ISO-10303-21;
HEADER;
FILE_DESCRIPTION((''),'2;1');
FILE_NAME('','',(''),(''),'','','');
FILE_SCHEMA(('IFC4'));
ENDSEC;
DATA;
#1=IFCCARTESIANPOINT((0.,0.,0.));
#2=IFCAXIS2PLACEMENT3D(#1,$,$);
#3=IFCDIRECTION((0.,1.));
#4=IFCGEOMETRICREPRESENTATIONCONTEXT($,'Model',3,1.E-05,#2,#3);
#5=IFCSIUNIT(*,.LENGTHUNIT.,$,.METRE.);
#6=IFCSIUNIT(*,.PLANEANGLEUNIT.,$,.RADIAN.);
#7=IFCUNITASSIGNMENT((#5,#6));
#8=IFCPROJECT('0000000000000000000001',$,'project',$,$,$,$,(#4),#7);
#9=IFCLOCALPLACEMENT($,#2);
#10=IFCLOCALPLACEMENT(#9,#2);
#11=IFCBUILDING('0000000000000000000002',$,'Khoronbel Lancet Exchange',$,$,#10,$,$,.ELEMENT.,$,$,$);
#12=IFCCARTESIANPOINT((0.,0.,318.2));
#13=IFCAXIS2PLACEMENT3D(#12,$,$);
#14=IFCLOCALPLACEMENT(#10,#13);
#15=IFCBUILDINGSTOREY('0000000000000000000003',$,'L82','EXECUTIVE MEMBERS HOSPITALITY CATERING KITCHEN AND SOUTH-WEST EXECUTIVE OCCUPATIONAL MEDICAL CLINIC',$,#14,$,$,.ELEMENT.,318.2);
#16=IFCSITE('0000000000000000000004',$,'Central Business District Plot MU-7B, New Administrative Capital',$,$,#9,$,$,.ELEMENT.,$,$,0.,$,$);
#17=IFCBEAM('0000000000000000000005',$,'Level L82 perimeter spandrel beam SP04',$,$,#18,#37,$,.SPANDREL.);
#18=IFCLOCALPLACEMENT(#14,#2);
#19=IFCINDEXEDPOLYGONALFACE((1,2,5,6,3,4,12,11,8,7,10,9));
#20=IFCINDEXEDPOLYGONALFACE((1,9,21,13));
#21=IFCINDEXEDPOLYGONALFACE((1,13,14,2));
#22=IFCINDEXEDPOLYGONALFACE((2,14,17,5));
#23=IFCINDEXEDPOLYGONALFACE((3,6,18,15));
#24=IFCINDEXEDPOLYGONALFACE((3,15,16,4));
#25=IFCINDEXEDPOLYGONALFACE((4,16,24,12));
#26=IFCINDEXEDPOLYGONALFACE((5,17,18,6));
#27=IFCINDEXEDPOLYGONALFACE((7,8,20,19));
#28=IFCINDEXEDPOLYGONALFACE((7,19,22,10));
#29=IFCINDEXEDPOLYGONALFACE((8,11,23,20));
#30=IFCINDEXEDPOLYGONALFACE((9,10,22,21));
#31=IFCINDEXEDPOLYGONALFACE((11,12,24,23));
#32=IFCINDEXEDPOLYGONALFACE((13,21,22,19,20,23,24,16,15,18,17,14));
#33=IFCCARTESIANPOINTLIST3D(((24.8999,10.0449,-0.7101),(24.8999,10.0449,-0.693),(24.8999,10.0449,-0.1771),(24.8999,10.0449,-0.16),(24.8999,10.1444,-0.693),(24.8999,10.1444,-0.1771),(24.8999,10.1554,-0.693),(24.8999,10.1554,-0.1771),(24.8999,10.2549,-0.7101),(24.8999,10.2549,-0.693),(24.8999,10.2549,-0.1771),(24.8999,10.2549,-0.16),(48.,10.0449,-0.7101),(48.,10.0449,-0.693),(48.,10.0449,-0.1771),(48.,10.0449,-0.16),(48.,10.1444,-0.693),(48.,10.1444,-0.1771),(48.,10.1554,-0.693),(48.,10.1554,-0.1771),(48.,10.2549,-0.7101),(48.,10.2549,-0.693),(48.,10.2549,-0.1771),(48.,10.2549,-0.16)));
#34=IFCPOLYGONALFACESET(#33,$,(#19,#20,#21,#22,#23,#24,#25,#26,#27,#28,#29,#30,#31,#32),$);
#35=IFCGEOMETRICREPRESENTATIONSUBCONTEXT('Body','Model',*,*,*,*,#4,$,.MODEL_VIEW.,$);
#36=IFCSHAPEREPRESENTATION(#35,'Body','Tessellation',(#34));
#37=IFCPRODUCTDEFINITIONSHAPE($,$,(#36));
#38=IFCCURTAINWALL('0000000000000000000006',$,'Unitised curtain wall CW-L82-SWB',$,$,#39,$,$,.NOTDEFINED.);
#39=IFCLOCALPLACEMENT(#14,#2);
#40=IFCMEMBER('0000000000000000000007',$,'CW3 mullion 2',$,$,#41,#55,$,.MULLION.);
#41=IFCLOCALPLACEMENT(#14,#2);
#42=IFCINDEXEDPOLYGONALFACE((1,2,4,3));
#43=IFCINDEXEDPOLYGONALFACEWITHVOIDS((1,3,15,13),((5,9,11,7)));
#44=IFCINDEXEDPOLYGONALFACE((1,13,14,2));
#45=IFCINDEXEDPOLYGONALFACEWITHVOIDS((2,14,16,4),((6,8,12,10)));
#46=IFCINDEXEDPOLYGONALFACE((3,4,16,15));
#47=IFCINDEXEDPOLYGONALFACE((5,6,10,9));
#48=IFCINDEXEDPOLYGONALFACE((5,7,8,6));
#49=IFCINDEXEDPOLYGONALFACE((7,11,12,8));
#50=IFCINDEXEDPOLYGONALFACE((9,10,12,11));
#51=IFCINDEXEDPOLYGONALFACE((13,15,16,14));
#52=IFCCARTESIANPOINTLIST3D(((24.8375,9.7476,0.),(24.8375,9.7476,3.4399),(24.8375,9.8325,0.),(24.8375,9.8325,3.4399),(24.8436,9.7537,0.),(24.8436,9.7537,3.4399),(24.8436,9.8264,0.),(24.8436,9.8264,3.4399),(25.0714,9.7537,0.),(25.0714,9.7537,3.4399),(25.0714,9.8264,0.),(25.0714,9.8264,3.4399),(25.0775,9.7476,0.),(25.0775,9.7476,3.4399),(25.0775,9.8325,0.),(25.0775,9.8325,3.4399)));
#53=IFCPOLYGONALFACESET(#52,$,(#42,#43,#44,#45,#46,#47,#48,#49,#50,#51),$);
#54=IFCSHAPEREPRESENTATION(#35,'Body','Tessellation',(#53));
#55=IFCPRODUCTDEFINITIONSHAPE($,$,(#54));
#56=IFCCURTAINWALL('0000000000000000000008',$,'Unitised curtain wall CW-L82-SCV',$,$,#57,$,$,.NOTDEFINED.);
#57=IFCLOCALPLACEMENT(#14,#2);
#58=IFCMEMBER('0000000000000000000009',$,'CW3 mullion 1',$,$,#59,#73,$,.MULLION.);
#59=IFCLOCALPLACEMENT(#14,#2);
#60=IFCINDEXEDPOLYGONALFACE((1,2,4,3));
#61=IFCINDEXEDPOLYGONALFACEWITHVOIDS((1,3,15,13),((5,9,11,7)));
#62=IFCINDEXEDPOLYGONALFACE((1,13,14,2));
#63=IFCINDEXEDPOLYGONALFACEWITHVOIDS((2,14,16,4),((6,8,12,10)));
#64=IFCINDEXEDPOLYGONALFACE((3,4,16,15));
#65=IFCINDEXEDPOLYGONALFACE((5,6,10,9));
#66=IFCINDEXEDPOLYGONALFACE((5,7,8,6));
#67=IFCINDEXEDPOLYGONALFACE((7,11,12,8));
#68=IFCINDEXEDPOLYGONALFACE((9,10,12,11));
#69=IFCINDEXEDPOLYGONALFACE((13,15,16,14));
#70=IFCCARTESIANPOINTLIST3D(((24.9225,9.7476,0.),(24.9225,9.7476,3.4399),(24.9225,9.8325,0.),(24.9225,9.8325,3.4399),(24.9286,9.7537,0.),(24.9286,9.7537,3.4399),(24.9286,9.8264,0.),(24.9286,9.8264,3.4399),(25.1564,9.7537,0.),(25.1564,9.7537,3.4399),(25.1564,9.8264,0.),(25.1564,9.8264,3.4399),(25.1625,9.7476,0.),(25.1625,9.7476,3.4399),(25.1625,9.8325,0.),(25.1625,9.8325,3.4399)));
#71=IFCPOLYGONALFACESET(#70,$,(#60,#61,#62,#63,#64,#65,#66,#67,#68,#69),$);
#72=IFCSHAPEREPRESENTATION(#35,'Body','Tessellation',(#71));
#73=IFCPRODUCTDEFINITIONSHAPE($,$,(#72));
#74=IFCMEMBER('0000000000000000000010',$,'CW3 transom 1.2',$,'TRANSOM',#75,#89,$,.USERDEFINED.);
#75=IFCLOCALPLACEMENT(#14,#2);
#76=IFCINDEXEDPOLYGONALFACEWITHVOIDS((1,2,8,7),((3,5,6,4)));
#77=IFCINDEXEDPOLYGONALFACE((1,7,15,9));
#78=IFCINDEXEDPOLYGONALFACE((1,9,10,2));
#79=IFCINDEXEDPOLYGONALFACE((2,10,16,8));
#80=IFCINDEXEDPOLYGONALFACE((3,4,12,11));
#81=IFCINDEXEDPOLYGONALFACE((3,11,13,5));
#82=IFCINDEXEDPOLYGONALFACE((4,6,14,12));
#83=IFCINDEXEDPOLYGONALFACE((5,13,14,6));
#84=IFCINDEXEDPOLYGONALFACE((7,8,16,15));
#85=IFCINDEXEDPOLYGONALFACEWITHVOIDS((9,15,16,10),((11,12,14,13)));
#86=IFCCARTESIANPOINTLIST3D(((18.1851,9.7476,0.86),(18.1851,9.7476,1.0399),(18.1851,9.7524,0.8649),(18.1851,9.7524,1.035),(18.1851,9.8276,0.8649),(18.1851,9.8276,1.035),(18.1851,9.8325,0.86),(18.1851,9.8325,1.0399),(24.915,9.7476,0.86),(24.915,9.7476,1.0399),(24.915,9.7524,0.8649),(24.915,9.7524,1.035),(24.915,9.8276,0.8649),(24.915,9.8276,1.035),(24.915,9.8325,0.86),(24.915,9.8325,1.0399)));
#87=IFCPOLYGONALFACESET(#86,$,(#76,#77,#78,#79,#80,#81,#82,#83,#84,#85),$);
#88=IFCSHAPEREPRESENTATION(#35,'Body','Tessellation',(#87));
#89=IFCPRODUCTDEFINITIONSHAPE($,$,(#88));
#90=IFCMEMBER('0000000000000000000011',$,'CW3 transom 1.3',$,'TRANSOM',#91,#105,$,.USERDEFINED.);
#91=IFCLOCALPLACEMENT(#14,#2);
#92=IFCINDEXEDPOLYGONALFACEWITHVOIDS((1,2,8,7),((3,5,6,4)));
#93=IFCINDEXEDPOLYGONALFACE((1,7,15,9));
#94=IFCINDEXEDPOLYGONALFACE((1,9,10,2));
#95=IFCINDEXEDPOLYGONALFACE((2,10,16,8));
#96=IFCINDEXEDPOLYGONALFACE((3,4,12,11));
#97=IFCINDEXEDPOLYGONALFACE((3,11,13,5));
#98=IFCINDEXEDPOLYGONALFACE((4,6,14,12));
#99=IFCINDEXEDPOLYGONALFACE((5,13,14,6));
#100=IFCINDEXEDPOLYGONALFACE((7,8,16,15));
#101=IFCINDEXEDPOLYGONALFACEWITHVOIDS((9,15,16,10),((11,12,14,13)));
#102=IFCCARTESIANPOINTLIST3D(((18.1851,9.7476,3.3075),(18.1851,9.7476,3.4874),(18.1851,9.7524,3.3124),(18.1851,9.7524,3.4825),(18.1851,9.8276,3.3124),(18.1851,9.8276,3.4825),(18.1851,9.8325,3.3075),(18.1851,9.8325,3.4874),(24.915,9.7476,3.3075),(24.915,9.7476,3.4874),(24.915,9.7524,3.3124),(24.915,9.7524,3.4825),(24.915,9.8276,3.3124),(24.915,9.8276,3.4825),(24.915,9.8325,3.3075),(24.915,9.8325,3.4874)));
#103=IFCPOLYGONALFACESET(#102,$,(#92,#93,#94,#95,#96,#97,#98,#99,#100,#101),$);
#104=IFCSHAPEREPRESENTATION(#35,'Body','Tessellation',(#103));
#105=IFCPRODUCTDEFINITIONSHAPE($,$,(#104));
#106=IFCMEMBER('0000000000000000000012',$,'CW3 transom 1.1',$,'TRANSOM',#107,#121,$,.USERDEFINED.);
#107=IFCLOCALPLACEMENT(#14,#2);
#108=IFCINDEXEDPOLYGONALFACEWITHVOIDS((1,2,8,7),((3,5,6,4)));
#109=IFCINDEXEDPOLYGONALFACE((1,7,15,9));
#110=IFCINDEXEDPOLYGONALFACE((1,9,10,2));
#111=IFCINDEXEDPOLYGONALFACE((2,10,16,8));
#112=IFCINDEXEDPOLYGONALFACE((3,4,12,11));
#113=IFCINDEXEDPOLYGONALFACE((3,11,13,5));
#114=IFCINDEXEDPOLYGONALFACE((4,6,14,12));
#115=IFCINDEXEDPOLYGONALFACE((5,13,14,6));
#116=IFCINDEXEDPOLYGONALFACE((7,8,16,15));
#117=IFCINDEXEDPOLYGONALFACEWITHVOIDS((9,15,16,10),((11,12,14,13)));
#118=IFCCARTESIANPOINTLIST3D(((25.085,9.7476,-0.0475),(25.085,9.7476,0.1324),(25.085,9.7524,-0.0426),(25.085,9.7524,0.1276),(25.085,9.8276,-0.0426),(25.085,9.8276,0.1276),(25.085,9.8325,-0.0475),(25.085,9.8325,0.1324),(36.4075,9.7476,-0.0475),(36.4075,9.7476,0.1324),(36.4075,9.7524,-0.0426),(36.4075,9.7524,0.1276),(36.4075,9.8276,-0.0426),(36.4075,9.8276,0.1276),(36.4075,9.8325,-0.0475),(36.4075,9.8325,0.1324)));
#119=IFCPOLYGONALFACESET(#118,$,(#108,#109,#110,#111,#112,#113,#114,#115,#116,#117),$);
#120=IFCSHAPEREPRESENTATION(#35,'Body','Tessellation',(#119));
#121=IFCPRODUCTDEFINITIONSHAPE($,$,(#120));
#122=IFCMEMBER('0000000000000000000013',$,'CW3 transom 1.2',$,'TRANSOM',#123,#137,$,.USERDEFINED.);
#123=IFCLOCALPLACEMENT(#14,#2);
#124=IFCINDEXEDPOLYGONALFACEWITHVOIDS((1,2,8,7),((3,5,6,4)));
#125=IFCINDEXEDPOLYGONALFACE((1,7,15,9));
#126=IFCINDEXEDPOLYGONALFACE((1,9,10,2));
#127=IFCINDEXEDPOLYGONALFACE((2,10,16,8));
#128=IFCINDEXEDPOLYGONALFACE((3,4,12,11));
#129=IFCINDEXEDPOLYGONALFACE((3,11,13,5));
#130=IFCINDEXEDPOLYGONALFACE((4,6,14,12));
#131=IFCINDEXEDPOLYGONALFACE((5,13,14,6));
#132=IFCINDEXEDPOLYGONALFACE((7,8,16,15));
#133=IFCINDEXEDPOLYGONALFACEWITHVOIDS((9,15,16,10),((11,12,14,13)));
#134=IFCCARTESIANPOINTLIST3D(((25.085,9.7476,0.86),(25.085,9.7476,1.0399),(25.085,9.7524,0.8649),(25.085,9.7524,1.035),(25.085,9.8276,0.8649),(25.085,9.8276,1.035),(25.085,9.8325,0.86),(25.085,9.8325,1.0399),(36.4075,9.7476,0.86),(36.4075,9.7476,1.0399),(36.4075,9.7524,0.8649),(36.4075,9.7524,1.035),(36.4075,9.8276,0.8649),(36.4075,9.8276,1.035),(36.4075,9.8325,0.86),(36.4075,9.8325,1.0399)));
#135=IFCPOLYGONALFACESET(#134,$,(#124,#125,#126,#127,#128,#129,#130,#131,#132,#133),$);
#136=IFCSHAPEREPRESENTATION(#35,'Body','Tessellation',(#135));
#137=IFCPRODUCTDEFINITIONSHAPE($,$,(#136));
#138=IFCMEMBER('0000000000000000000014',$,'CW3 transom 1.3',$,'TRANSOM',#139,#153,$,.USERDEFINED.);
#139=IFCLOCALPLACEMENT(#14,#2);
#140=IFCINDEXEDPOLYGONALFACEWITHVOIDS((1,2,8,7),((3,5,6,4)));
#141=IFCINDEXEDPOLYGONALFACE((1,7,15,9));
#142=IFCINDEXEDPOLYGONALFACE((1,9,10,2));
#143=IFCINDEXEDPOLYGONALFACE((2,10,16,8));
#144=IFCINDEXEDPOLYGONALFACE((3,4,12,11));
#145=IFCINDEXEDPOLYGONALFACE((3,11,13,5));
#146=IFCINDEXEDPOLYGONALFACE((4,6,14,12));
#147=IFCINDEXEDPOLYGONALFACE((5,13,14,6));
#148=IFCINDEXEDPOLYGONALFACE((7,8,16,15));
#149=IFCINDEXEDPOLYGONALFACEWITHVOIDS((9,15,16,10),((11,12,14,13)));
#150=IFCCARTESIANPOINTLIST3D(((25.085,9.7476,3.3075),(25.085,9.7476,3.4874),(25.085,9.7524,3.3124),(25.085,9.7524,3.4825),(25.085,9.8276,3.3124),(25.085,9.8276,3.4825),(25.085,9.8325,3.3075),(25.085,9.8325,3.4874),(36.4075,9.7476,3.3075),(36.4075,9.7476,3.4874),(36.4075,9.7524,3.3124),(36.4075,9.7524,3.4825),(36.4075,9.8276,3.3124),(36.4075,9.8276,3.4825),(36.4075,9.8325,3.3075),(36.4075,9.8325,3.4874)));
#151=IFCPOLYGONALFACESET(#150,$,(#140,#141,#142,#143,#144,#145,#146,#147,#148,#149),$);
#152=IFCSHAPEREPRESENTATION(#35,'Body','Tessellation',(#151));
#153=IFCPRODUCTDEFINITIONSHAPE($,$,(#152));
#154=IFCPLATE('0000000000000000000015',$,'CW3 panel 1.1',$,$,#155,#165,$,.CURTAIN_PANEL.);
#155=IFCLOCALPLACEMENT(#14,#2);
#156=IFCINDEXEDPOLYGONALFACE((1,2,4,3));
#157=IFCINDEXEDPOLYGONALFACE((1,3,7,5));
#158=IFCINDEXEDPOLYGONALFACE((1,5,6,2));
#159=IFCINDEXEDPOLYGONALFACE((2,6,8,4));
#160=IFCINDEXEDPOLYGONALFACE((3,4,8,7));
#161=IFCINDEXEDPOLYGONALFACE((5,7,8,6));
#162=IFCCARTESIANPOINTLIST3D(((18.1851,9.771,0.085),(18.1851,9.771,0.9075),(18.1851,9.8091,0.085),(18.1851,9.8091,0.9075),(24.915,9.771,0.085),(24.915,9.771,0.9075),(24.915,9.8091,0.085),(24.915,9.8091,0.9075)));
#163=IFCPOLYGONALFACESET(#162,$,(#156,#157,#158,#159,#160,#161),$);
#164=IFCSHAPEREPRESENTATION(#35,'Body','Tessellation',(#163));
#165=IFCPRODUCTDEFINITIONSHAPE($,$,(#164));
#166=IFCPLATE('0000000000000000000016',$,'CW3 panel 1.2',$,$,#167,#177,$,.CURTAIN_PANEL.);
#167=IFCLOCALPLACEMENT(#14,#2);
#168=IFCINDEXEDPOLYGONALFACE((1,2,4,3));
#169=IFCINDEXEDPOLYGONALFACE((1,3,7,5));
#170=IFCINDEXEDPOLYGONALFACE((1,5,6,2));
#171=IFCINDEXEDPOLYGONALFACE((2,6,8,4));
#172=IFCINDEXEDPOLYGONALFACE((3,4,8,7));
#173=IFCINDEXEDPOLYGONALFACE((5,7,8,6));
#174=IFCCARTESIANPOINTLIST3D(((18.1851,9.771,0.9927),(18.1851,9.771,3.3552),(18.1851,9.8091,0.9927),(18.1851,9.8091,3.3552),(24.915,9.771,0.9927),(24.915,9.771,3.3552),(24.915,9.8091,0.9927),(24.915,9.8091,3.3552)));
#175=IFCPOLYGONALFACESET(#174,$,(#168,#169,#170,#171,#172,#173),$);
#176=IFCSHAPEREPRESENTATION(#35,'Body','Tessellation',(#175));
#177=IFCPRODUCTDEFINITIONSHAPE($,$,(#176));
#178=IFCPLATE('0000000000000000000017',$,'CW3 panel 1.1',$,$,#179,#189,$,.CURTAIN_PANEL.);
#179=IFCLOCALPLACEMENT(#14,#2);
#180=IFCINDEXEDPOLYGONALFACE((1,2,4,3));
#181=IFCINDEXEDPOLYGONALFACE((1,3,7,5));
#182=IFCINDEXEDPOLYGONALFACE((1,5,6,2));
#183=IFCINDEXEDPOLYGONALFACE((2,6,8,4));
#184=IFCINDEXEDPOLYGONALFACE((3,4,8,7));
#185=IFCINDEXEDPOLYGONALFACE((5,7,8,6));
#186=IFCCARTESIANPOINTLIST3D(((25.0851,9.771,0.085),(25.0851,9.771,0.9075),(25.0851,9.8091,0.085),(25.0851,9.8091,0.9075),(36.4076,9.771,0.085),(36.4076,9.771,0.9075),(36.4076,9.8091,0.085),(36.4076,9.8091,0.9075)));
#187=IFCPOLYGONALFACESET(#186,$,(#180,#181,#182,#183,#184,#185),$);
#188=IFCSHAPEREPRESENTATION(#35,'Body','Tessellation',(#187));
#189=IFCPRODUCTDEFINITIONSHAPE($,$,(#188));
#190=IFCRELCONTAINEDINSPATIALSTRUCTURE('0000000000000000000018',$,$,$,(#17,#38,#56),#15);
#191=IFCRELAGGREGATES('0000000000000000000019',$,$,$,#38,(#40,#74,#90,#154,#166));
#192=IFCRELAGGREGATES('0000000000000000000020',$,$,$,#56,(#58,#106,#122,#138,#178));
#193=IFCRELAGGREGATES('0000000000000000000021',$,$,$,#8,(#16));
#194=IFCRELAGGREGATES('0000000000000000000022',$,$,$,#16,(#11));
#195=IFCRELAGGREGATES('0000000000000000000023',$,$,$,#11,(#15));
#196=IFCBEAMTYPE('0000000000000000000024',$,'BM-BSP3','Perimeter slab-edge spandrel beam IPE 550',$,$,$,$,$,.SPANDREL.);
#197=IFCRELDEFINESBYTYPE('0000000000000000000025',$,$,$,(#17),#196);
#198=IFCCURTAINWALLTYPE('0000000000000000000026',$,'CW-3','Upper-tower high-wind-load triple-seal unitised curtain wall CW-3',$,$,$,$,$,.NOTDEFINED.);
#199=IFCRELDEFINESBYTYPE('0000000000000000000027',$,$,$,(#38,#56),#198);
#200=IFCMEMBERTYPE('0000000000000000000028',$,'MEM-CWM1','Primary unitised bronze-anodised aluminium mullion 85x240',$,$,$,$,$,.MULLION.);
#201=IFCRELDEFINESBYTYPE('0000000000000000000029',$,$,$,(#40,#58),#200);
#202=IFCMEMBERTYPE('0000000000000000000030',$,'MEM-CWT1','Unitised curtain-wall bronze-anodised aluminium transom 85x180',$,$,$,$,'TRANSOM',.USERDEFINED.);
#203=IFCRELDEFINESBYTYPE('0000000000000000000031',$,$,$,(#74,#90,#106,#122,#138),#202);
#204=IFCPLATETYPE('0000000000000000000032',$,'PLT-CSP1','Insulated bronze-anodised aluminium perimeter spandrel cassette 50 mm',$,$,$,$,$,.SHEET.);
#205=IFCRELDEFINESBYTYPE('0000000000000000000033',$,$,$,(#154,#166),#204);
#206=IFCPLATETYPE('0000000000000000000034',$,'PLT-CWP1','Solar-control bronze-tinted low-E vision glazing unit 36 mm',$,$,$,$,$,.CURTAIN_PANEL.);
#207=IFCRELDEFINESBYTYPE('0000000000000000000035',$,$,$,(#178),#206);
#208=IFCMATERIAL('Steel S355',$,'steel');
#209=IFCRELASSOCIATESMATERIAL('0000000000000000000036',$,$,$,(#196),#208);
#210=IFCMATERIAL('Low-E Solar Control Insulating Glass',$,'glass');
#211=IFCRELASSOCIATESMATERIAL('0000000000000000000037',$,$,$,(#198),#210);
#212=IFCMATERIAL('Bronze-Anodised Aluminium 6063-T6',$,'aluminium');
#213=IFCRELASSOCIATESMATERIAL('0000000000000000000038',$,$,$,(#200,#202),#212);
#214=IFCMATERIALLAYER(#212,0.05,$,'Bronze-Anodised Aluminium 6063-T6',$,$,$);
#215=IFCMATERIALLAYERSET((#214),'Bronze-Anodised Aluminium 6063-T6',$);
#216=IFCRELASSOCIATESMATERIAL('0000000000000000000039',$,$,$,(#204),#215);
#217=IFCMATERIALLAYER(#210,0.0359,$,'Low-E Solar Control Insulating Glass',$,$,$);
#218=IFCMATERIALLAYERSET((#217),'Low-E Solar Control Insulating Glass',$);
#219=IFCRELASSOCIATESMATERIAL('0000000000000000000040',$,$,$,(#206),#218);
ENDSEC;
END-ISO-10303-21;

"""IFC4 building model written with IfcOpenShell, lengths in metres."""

from ifc_helpers import new_model, si_unit, direction, frame, origin, origin_2d, place, context, subcontext, project, spatial, rectangle, hollow_rectangle, i_section, extrude, material, layer, layer_set, material_profile, profile_set, type_object, element, aggregate, save


model = new_model("IFC4")

# Units and contexts
model_context = context("Model", 3, precision=1e-05, world=origin(), true_north=direction((0.0, 1.0)))
body_context = subcontext(model_context, "Body", "Model", "MODEL_VIEW")
ifc_project = project(units=[si_unit("LENGTHUNIT", "METRE"), si_unit("PLANEANGLEUNIT", "RADIAN")], contexts=[model_context])

# Site, building, storey
site_placement = place(None, origin())
site = spatial("IfcSite", under=ifc_project, at=site_placement, Name="Central Business District Plot MU-7B, New Administrative Capital", CompositionType="ELEMENT", RefElevation=0.0)
building_placement = place(site_placement, origin())
building = spatial("IfcBuilding", under=site, at=building_placement, Name="Khoronbel Lancet Exchange", CompositionType="ELEMENT")
storey_placement = place(building_placement, frame((0.0, 0.0, 318.2)))
storey = spatial("IfcBuildingStorey", under=building, at=storey_placement, Name="L82", Description="EXECUTIVE MEMBERS HOSPITALITY CATERING KITCHEN AND SOUTH-WEST EXECUTIVE OCCUPATIONAL MEDICAL CLINIC", CompositionType="ELEMENT", Elevation=318.2)

# Beam
ifc_material_1 = material(Name="Steel S355", Category="steel")
ifc_material_profile_1 = material_profile(ifc_material_1, i_section(OverallWidth=0.21, OverallDepth=0.55, WebThickness=0.011, FlangeThickness=0.0171, at=origin_2d()), Name="IPE 550")
ifc_profile_set_1 = profile_set([ifc_material_profile_1], Name="Steel S355")
beam_type_1 = type_object("IfcBeamType", Name="BM-BSP3", Description="Perimeter slab-edge spandrel beam IPE 550", PredefinedType="SPANDREL", material=ifc_profile_set_1)
beam_1_placement = place(storey_placement, frame((24.8999, 10.1499, -0.4351), z_axis=(1.0, 0.0, 0.0), x_axis=(0.0, 1.0, 0.0)))
element("IfcBeam", 1, at=beam_1_placement, inside=storey, type_object=beam_type_1, Name="Level L82 perimeter spandrel beam SP04", PredefinedType="SPANDREL", context=body_context, shape_type="SweptSolid", body=[
    extrude(i_section(OverallWidth=0.21, OverallDepth=0.55, WebThickness=0.011, FlangeThickness=0.0171, at=origin_2d()), origin(), (0.0, 0.0, 1.0), 23.1001),
])

# Curtain walls, members
ifc_material_2 = material(Name="Low-E Solar Control Insulating Glass", Category="glass")
curtain_wall_type = type_object("IfcCurtainWallType", Name="CW-3", Description="Upper-tower high-wind-load triple-seal unitised curtain wall CW-3", PredefinedType="NOTDEFINED", material=ifc_material_2)
curtain_wall_1_placement = place(storey_placement, origin())
curtain_wall_1 = element("IfcCurtainWall", 2, at=curtain_wall_1_placement, inside=storey, type_object=curtain_wall_type, Name="Unitised curtain wall CW-L82-SWB", PredefinedType="NOTDEFINED")
ifc_material_3 = material(Name="Bronze-Anodised Aluminium 6063-T6", Category="aluminium")
ifc_material_profile_2 = material_profile(ifc_material_3, hollow_rectangle(XDim=0.085, YDim=0.24, WallThickness=0.0061, at=origin_2d()), Name="ALU MULLION 85x240")
ifc_profile_set_2 = profile_set([ifc_material_profile_2], Name="Bronze-Anodised Aluminium 6063-T6")
member_type_1 = type_object("IfcMemberType", Name="MEM-CWM1", Description="Primary unitised bronze-anodised aluminium mullion 85x240", PredefinedType="MULLION", material=ifc_profile_set_2)
member_1_placement = place(storey_placement, frame((24.9575, 9.79, 0.0), z_axis=(0.0, 0.0, 1.0), x_axis=(0.0, 1.0, 0.0)))
member_1 = element("IfcMember", 3, at=member_1_placement, type_object=member_type_1, Name="CW3 mullion 2", PredefinedType="MULLION", context=body_context, shape_type="SweptSolid", body=[
    extrude(hollow_rectangle(XDim=0.085, YDim=0.24, WallThickness=0.0061, at=origin_2d()), origin(), (0.0, 0.0, 1.0), 3.4399),
])
curtain_wall_2_placement = place(storey_placement, origin())
curtain_wall_2 = element("IfcCurtainWall", 4, at=curtain_wall_2_placement, inside=storey, type_object=curtain_wall_type, Name="Unitised curtain wall CW-L82-SCV", PredefinedType="NOTDEFINED")
member_2_placement = place(storey_placement, frame((25.0425, 9.79, 0.0), z_axis=(0.0, 0.0, 1.0), x_axis=(0.0, 1.0, 0.0)))
member_2 = element("IfcMember", 5, at=member_2_placement, type_object=member_type_1, Name="CW3 mullion 1", PredefinedType="MULLION", context=body_context, shape_type="SweptSolid", body=[
    extrude(hollow_rectangle(XDim=0.085, YDim=0.24, WallThickness=0.0061, at=origin_2d()), origin(), (0.0, 0.0, 1.0), 3.4399),
])

# Members
ifc_material_profile_3 = material_profile(ifc_material_3, hollow_rectangle(XDim=0.085, YDim=0.1799, WallThickness=0.0049, at=origin_2d()), Name="ALU TRANSOM 85x180")
ifc_profile_set_3 = profile_set([ifc_material_profile_3], Name="Bronze-Anodised Aluminium 6063-T6")
member_type_2 = type_object("IfcMemberType", Name="MEM-CWT1", Description="Unitised curtain-wall bronze-anodised aluminium transom 85x180", ElementType="TRANSOM", PredefinedType="USERDEFINED", material=ifc_profile_set_3)
member_3_placement = place(storey_placement, frame((18.1851, 9.79, 0.95), z_axis=(1.0, 0.0, 0.0), x_axis=(0.0, 1.0, 0.0)))
member_3 = element("IfcMember", 6, at=member_3_placement, type_object=member_type_2, Name="CW3 transom 1.2", ObjectType="TRANSOM", PredefinedType="USERDEFINED", context=body_context, shape_type="SweptSolid", body=[
    extrude(hollow_rectangle(XDim=0.085, YDim=0.1799, WallThickness=0.0049, at=origin_2d()), origin(), (0.0, 0.0, 1.0), 6.73),
])
member_4_placement = place(storey_placement, frame((18.1851, 9.79, 3.3975), z_axis=(1.0, 0.0, 0.0), x_axis=(0.0, 1.0, 0.0)))
member_4 = element("IfcMember", 7, at=member_4_placement, type_object=member_type_2, Name="CW3 transom 1.3", ObjectType="TRANSOM", PredefinedType="USERDEFINED", context=body_context, shape_type="SweptSolid", body=[
    extrude(hollow_rectangle(XDim=0.085, YDim=0.1799, WallThickness=0.0049, at=origin_2d()), origin(), (0.0, 0.0, 1.0), 6.73),
])
member_5_placement = place(storey_placement, frame((25.085, 9.79, 0.0425), z_axis=(1.0, 0.0, 0.0), x_axis=(0.0, 1.0, 0.0)))
member_5 = element("IfcMember", 8, at=member_5_placement, type_object=member_type_2, Name="CW3 transom 1.1", ObjectType="TRANSOM", PredefinedType="USERDEFINED", context=body_context, shape_type="SweptSolid", body=[
    extrude(hollow_rectangle(XDim=0.085, YDim=0.1799, WallThickness=0.0049, at=origin_2d()), origin(), (0.0, 0.0, 1.0), 11.3225),
])
member_6_placement = place(storey_placement, frame((25.085, 9.79, 0.95), z_axis=(1.0, 0.0, 0.0), x_axis=(0.0, 1.0, 0.0)))
member_6 = element("IfcMember", 9, at=member_6_placement, type_object=member_type_2, Name="CW3 transom 1.2", ObjectType="TRANSOM", PredefinedType="USERDEFINED", context=body_context, shape_type="SweptSolid", body=[
    extrude(hollow_rectangle(XDim=0.085, YDim=0.1799, WallThickness=0.0049, at=origin_2d()), origin(), (0.0, 0.0, 1.0), 11.3225),
])
member_7_placement = place(storey_placement, frame((25.085, 9.79, 3.3975), z_axis=(1.0, 0.0, 0.0), x_axis=(0.0, 1.0, 0.0)))
member_7 = element("IfcMember", 10, at=member_7_placement, type_object=member_type_2, Name="CW3 transom 1.3", ObjectType="TRANSOM", PredefinedType="USERDEFINED", context=body_context, shape_type="SweptSolid", body=[
    extrude(hollow_rectangle(XDim=0.085, YDim=0.1799, WallThickness=0.0049, at=origin_2d()), origin(), (0.0, 0.0, 1.0), 11.3225),
])

# Plates
ifc_layer_1 = layer(ifc_material_3, 0.05, Name="Bronze-Anodised Aluminium 6063-T6")
ifc_layer_set_1 = layer_set([ifc_layer_1], Name="Bronze-Anodised Aluminium 6063-T6")
plate_type_1 = type_object("IfcPlateType", Name="PLT-CSP1", Description="Insulated bronze-anodised aluminium perimeter spandrel cassette 50 mm", PredefinedType="SHEET", material=ifc_layer_set_1)
plate_1_placement = place(storey_placement, frame((21.55, 9.79, 0.085), z_axis=(0.0, 0.0, 1.0), x_axis=(1.0, 0.0, 0.0)))
plate_1 = element("IfcPlate", 11, at=plate_1_placement, type_object=plate_type_1, Name="CW3 panel 1.1", PredefinedType="CURTAIN_PANEL", context=body_context, shape_type="SweptSolid", body=[
    extrude(rectangle(XDim=6.73, YDim=0.0381, at=origin_2d()), origin(), (0.0, 0.0, 1.0), 0.8225),
])
plate_2_placement = place(storey_placement, frame((21.55, 9.79, 0.9927), z_axis=(0.0, 0.0, 1.0), x_axis=(1.0, 0.0, 0.0)))
plate_2 = element("IfcPlate", 12, at=plate_2_placement, type_object=plate_type_1, Name="CW3 panel 1.2", PredefinedType="CURTAIN_PANEL", context=body_context, shape_type="SweptSolid", body=[
    extrude(rectangle(XDim=6.73, YDim=0.0381, at=origin_2d()), origin(), (0.0, 0.0, 1.0), 2.3625),
])
aggregate(curtain_wall_1, [member_1, member_3, member_4, plate_1, plate_2])
ifc_layer_2 = layer(ifc_material_2, 0.0359, Name="Low-E Solar Control Insulating Glass")
ifc_layer_set_2 = layer_set([ifc_layer_2], Name="Low-E Solar Control Insulating Glass")
plate_type_2 = type_object("IfcPlateType", Name="PLT-CWP1", Description="Solar-control bronze-tinted low-E vision glazing unit 36 mm", PredefinedType="CURTAIN_PANEL", material=ifc_layer_set_2)
plate_3_placement = place(storey_placement, frame((30.7463, 9.79, 0.085), z_axis=(0.0, 0.0, 1.0), x_axis=(1.0, 0.0, 0.0)))
plate_3 = element("IfcPlate", 13, at=plate_3_placement, type_object=plate_type_2, Name="CW3 panel 1.1", PredefinedType="CURTAIN_PANEL", context=body_context, shape_type="SweptSolid", body=[
    extrude(rectangle(XDim=11.3225, YDim=0.0381, at=origin_2d()), origin(), (0.0, 0.0, 1.0), 0.8225),
])
aggregate(curtain_wall_2, [member_2, member_5, member_6, member_7, plate_3])

save(model, "model.ifc")
